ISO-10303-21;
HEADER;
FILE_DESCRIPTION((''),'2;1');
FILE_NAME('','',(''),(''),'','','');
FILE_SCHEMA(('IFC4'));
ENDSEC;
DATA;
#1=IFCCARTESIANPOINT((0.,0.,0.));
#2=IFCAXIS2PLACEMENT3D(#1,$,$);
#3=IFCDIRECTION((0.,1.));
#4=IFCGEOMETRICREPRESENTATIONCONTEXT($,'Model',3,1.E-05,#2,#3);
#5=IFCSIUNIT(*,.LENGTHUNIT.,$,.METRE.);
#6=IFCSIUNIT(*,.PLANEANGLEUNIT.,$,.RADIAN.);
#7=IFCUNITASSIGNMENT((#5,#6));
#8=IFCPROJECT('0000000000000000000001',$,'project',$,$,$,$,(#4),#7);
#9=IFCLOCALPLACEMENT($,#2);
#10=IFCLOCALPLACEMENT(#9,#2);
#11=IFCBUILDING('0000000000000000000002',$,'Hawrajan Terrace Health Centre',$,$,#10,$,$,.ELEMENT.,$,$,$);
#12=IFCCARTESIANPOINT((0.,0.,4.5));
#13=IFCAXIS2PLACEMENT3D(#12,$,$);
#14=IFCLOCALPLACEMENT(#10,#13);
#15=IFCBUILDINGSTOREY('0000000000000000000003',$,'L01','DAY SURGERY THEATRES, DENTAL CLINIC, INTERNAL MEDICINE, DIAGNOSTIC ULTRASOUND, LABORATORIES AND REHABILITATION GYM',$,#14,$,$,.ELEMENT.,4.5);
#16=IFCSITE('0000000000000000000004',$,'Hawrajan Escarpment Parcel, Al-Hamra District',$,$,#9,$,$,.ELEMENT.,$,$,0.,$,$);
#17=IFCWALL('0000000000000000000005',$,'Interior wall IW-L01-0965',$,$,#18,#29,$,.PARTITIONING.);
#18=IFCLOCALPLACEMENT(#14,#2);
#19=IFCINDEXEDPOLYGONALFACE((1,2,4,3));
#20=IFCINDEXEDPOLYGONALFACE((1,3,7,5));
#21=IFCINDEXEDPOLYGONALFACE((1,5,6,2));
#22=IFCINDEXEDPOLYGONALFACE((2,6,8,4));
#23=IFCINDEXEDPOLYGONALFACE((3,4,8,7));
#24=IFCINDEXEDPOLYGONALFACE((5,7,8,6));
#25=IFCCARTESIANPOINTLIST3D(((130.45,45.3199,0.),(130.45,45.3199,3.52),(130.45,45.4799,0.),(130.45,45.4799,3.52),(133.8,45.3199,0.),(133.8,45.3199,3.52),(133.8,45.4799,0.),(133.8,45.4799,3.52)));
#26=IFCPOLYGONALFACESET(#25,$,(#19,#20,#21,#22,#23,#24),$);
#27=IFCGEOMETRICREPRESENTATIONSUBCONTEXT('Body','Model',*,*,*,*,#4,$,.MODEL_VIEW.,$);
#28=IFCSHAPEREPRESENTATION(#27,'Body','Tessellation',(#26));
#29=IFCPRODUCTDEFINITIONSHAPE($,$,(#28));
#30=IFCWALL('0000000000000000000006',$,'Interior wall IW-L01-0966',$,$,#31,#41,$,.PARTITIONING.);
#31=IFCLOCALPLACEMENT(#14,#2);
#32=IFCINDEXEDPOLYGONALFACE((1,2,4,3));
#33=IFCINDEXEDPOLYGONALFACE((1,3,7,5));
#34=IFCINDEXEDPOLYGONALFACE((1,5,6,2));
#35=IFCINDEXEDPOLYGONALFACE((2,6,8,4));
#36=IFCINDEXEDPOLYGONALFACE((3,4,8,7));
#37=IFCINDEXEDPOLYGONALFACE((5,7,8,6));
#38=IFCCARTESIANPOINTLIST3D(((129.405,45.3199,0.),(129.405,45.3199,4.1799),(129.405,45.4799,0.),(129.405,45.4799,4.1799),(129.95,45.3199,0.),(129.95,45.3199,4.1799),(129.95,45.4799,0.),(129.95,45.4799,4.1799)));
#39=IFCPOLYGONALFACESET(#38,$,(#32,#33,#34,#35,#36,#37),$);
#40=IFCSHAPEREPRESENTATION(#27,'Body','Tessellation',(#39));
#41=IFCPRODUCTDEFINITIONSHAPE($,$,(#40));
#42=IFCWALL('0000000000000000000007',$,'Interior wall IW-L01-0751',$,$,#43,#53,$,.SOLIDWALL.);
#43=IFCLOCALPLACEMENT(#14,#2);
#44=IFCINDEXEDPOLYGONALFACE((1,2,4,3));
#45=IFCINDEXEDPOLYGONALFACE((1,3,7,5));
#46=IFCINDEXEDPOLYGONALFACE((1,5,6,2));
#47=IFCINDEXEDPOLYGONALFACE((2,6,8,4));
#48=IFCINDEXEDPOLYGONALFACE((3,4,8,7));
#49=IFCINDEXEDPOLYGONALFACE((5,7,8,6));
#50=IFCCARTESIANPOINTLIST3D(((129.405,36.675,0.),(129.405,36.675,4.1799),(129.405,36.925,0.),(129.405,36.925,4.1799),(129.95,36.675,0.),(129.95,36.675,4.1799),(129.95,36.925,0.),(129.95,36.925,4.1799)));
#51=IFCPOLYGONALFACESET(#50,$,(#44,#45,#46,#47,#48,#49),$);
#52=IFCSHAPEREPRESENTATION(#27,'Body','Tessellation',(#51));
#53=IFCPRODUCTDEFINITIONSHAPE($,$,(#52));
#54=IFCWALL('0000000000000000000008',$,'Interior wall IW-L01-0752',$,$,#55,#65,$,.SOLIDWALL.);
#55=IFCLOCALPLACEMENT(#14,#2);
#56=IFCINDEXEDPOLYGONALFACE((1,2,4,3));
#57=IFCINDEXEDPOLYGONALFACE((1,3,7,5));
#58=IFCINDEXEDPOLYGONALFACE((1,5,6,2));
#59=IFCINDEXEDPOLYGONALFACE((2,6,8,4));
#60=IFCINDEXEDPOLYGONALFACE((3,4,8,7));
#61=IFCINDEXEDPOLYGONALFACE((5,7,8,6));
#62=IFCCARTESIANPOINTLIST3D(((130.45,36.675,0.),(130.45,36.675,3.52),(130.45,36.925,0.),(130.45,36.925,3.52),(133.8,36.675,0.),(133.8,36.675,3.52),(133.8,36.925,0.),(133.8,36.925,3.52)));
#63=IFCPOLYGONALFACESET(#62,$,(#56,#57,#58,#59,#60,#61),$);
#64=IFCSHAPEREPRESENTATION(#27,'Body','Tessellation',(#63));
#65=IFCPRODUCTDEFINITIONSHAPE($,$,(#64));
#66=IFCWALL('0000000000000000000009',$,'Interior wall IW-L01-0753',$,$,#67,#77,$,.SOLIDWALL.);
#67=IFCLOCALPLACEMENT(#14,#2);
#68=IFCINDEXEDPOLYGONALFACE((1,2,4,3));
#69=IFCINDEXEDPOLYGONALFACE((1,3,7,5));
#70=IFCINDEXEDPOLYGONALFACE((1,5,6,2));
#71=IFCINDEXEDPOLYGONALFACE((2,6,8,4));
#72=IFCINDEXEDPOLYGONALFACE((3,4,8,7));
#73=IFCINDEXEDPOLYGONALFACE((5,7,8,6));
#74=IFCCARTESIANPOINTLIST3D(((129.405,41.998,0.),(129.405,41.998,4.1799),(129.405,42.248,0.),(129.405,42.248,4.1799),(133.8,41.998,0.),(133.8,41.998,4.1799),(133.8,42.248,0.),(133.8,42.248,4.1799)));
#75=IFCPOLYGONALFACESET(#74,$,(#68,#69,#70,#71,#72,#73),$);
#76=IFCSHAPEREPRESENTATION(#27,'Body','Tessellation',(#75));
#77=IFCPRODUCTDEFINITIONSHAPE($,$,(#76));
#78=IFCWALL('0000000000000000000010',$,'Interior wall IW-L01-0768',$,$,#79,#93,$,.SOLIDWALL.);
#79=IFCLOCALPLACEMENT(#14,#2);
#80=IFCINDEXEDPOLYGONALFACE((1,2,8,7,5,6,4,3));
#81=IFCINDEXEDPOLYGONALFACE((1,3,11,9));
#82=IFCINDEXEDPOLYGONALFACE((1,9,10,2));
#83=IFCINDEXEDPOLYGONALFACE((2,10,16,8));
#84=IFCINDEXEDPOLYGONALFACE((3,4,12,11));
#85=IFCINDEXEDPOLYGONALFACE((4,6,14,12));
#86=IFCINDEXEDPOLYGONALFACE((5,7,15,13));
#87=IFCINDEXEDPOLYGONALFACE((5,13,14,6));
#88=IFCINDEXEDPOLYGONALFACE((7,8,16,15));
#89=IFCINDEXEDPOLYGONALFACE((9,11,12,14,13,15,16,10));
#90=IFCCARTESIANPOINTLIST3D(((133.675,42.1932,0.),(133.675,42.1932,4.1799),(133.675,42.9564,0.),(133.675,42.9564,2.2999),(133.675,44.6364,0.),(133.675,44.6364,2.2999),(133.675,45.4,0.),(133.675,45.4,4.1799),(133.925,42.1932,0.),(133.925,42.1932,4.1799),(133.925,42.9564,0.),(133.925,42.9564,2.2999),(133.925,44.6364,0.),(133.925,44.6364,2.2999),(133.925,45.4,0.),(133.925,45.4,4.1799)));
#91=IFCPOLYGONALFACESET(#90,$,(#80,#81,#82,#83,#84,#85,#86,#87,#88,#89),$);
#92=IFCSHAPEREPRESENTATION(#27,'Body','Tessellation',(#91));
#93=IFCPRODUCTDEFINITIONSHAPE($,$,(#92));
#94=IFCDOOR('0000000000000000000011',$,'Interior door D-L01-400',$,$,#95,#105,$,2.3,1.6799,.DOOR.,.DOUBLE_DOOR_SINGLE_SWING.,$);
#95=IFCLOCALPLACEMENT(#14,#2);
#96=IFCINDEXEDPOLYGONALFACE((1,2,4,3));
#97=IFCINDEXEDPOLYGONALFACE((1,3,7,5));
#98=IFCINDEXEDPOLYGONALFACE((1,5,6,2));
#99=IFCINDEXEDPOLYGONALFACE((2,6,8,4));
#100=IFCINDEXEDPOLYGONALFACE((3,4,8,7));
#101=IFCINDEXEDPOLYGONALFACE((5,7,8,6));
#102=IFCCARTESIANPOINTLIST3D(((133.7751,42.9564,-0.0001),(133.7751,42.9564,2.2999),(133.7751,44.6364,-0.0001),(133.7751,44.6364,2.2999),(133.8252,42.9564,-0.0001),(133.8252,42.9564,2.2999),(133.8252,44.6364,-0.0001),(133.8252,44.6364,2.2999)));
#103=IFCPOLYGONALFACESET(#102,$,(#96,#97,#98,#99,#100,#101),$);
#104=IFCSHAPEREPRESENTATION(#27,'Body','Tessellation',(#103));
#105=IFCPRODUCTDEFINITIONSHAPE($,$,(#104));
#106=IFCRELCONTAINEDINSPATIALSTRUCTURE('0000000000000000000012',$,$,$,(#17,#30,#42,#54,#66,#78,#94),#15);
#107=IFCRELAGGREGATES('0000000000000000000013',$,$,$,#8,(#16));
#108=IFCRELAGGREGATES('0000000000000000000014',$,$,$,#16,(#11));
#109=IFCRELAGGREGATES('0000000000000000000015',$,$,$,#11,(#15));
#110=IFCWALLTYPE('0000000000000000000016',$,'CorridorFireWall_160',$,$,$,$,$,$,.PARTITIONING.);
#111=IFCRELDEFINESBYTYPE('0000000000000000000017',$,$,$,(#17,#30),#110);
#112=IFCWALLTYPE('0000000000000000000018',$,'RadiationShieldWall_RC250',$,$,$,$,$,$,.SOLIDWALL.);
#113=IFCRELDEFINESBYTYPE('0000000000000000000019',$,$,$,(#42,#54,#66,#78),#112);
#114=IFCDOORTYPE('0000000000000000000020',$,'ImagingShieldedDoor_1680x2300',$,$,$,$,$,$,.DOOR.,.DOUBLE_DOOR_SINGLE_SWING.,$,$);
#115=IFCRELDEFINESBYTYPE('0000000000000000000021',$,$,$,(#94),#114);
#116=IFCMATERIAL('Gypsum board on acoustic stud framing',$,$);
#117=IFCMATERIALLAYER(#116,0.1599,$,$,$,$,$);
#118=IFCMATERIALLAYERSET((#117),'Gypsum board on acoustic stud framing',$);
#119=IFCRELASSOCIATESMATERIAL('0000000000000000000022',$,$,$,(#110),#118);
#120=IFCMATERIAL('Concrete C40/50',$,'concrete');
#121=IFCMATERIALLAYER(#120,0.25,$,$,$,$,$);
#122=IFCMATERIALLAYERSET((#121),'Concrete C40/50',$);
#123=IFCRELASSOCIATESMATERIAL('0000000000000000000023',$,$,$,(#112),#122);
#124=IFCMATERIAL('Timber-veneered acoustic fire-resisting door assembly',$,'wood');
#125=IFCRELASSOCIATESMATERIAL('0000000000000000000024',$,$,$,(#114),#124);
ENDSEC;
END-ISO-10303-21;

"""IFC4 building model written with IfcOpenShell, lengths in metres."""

from ifc_helpers import new_model, si_unit, direction, frame, frame_2d, origin, place, context, subcontext, project, spatial, rectangle, extrude, material, layer, layer_set, type_object, element, fill, save


model = new_model("IFC4")

# Units and contexts
model_context = context("Model", 3, precision=1e-05, world=origin(), true_north=direction((0.0, 1.0)))
body_context = subcontext(model_context, "Body", "Model", "MODEL_VIEW")
ifc_project = project(units=[si_unit("LENGTHUNIT", "METRE"), si_unit("PLANEANGLEUNIT", "RADIAN")], contexts=[model_context])

# Site, building, storey
site_placement = place(None, origin())
site = spatial("IfcSite", under=ifc_project, at=site_placement, Name="Hawrajan Escarpment Parcel, Al-Hamra District", CompositionType="ELEMENT", RefElevation=0.0)
building_placement = place(site_placement, origin())
building = spatial("IfcBuilding", under=site, at=building_placement, Name="Hawrajan Terrace Health Centre", CompositionType="ELEMENT")
storey_placement = place(building_placement, frame((0.0, 0.0, 4.5)))
storey = spatial("IfcBuildingStorey", under=building, at=storey_placement, Name="L01", Description="DAY SURGERY THEATRES, DENTAL CLINIC, INTERNAL MEDICINE, DIAGNOSTIC ULTRASOUND, LABORATORIES AND REHABILITATION GYM", CompositionType="ELEMENT", Elevation=4.5)

# Shared definitions
ifc_material_1 = material(Name="Concrete C40/50", Category="concrete")

# Shared definitions
ifc_material_2 = material(Name="Gypsum board on acoustic stud framing")

# Walls
ifc_layer_1 = layer(ifc_material_2, 0.1599)
ifc_layer_set_1 = layer_set([ifc_layer_1], Name="Gypsum board on acoustic stud framing")
wall_type_1 = type_object("IfcWallType", Name="CorridorFireWall_160", PredefinedType="PARTITIONING", material=ifc_layer_set_1)
wall_1_placement = place(storey_placement, frame((133.8, 45.3999, 0.0), z_axis=(0.0, 0.0, 1.0), x_axis=(-1.0, 0.0, 0.0)))
element("IfcWall", 1, at=wall_1_placement, inside=storey, type_object=wall_type_1, Name="Interior wall IW-L01-0965", PredefinedType="PARTITIONING", context=body_context, shape_type="SweptSolid", body=[
    extrude(rectangle(XDim=3.3501, YDim=0.1599, at=frame_2d((1.675, 0.0))), origin(), (0.0, 0.0, 1.0), 3.52),
])
wall_2_placement = place(storey_placement, frame((129.95, 45.3999, 0.0), z_axis=(0.0, 0.0, 1.0), x_axis=(-1.0, 0.0, 0.0)))
element("IfcWall", 2, at=wall_2_placement, inside=storey, type_object=wall_type_1, Name="Interior wall IW-L01-0966", PredefinedType="PARTITIONING", context=body_context, shape_type="SweptSolid", body=[
    extrude(rectangle(XDim=0.5449, YDim=0.1599, at=frame_2d((0.2725, 0.0))), origin(), (0.0, 0.0, 1.0), 4.1799),
])
ifc_layer_2 = layer(ifc_material_1, 0.25)
ifc_layer_set_2 = layer_set([ifc_layer_2], Name="Concrete C40/50")
wall_type_2 = type_object("IfcWallType", Name="RadiationShieldWall_RC250", PredefinedType="SOLIDWALL", material=ifc_layer_set_2)
wall_3_placement = place(storey_placement, frame((129.405, 36.8, 0.0), z_axis=(0.0, 0.0, 1.0), x_axis=(1.0, 0.0, 0.0)))
element("IfcWall", 3, at=wall_3_placement, inside=storey, type_object=wall_type_2, Name="Interior wall IW-L01-0751", PredefinedType="SOLIDWALL", context=body_context, shape_type="SweptSolid", body=[
    extrude(rectangle(XDim=0.5449, YDim=0.25, at=frame_2d((0.2725, 0.0))), origin(), (0.0, 0.0, 1.0), 4.1799),
])
wall_4_placement = place(storey_placement, frame((130.45, 36.8, 0.0), z_axis=(0.0, 0.0, 1.0), x_axis=(1.0, 0.0, 0.0)))
element("IfcWall", 4, at=wall_4_placement, inside=storey, type_object=wall_type_2, Name="Interior wall IW-L01-0752", PredefinedType="SOLIDWALL", context=body_context, shape_type="SweptSolid", body=[
    extrude(rectangle(XDim=3.3501, YDim=0.25, at=frame_2d((1.675, 0.0))), origin(), (0.0, 0.0, 1.0), 3.52),
])
wall_5_placement = place(storey_placement, frame((129.405, 42.123, 0.0), z_axis=(0.0, 0.0, 1.0), x_axis=(1.0, 0.0, 0.0)))
element("IfcWall", 5, at=wall_5_placement, inside=storey, type_object=wall_type_2, Name="Interior wall IW-L01-0753", PredefinedType="SOLIDWALL", context=body_context, shape_type="SweptSolid", body=[
    extrude(rectangle(XDim=4.395, YDim=0.25, at=frame_2d((2.1975, 0.0))), origin(), (0.0, 0.0, 1.0), 4.1799),
])

# Wall, opening, door
ifc_material_3 = material(Name="Timber-veneered acoustic fire-resisting door assembly", Category="wood")
wall_6_placement = place(storey_placement, frame((133.8, 42.1931, 0.0), z_axis=(0.0, 0.0, 1.0), x_axis=(0.0, 1.0, 0.0)))
wall_6 = element("IfcWall", 6, at=wall_6_placement, inside=storey, type_object=wall_type_2, Name="Interior wall IW-L01-0768", PredefinedType="SOLIDWALL", context=body_context, shape_type="SweptSolid", body=[
    extrude(rectangle(XDim=3.2068, YDim=0.25, at=frame_2d((1.6035, 0.0))), origin(), (0.0, 0.0, 1.0), 4.1799),
])
opening_1_placement = place(wall_6_placement, frame((0.7634, 0.0, 0.0)))
opening_1 = element("IfcOpeningElement", 7, at=opening_1_placement, cuts=wall_6, PredefinedType="OPENING", context=body_context, shape_type="SweptSolid", body=[
    extrude(rectangle(XDim=1.6799, YDim=2.3, at=frame_2d((0.8398, 1.1499))), frame((0.0, 0.135, 0.0), z_axis=(0.0, -1.0, 0.0), x_axis=(1.0, 0.0, 0.0)), (0.0, 0.0, 1.0), 0.27),
])
door_type_1 = type_object("IfcDoorType", Name="ImagingShieldedDoor_1680x2300", OperationType="DOUBLE_DOOR_SINGLE_SWING", PredefinedType="DOOR", material=ifc_material_3)
door_1_placement = place(opening_1_placement, origin())
door_1 = element("IfcDoor", 8, at=door_1_placement, inside=storey, type_object=door_type_1, Name="Interior door D-L01-400", OperationType="DOUBLE_DOOR_SINGLE_SWING", OverallHeight=2.3, OverallWidth=1.6799, PredefinedType="DOOR", context=body_context, shape_type="SweptSolid", body=[
    extrude(rectangle(XDim=1.6799, YDim=2.3, at=frame_2d((0.8398, 1.1499))), frame((0.0, 0.0249, 0.0), z_axis=(0.0, -1.0, 0.0), x_axis=(1.0, 0.0, 0.0)), (0.0, 0.0, 1.0), 0.05),
])
fill(opening_1, door_1)

save(model, "model.ifc")
